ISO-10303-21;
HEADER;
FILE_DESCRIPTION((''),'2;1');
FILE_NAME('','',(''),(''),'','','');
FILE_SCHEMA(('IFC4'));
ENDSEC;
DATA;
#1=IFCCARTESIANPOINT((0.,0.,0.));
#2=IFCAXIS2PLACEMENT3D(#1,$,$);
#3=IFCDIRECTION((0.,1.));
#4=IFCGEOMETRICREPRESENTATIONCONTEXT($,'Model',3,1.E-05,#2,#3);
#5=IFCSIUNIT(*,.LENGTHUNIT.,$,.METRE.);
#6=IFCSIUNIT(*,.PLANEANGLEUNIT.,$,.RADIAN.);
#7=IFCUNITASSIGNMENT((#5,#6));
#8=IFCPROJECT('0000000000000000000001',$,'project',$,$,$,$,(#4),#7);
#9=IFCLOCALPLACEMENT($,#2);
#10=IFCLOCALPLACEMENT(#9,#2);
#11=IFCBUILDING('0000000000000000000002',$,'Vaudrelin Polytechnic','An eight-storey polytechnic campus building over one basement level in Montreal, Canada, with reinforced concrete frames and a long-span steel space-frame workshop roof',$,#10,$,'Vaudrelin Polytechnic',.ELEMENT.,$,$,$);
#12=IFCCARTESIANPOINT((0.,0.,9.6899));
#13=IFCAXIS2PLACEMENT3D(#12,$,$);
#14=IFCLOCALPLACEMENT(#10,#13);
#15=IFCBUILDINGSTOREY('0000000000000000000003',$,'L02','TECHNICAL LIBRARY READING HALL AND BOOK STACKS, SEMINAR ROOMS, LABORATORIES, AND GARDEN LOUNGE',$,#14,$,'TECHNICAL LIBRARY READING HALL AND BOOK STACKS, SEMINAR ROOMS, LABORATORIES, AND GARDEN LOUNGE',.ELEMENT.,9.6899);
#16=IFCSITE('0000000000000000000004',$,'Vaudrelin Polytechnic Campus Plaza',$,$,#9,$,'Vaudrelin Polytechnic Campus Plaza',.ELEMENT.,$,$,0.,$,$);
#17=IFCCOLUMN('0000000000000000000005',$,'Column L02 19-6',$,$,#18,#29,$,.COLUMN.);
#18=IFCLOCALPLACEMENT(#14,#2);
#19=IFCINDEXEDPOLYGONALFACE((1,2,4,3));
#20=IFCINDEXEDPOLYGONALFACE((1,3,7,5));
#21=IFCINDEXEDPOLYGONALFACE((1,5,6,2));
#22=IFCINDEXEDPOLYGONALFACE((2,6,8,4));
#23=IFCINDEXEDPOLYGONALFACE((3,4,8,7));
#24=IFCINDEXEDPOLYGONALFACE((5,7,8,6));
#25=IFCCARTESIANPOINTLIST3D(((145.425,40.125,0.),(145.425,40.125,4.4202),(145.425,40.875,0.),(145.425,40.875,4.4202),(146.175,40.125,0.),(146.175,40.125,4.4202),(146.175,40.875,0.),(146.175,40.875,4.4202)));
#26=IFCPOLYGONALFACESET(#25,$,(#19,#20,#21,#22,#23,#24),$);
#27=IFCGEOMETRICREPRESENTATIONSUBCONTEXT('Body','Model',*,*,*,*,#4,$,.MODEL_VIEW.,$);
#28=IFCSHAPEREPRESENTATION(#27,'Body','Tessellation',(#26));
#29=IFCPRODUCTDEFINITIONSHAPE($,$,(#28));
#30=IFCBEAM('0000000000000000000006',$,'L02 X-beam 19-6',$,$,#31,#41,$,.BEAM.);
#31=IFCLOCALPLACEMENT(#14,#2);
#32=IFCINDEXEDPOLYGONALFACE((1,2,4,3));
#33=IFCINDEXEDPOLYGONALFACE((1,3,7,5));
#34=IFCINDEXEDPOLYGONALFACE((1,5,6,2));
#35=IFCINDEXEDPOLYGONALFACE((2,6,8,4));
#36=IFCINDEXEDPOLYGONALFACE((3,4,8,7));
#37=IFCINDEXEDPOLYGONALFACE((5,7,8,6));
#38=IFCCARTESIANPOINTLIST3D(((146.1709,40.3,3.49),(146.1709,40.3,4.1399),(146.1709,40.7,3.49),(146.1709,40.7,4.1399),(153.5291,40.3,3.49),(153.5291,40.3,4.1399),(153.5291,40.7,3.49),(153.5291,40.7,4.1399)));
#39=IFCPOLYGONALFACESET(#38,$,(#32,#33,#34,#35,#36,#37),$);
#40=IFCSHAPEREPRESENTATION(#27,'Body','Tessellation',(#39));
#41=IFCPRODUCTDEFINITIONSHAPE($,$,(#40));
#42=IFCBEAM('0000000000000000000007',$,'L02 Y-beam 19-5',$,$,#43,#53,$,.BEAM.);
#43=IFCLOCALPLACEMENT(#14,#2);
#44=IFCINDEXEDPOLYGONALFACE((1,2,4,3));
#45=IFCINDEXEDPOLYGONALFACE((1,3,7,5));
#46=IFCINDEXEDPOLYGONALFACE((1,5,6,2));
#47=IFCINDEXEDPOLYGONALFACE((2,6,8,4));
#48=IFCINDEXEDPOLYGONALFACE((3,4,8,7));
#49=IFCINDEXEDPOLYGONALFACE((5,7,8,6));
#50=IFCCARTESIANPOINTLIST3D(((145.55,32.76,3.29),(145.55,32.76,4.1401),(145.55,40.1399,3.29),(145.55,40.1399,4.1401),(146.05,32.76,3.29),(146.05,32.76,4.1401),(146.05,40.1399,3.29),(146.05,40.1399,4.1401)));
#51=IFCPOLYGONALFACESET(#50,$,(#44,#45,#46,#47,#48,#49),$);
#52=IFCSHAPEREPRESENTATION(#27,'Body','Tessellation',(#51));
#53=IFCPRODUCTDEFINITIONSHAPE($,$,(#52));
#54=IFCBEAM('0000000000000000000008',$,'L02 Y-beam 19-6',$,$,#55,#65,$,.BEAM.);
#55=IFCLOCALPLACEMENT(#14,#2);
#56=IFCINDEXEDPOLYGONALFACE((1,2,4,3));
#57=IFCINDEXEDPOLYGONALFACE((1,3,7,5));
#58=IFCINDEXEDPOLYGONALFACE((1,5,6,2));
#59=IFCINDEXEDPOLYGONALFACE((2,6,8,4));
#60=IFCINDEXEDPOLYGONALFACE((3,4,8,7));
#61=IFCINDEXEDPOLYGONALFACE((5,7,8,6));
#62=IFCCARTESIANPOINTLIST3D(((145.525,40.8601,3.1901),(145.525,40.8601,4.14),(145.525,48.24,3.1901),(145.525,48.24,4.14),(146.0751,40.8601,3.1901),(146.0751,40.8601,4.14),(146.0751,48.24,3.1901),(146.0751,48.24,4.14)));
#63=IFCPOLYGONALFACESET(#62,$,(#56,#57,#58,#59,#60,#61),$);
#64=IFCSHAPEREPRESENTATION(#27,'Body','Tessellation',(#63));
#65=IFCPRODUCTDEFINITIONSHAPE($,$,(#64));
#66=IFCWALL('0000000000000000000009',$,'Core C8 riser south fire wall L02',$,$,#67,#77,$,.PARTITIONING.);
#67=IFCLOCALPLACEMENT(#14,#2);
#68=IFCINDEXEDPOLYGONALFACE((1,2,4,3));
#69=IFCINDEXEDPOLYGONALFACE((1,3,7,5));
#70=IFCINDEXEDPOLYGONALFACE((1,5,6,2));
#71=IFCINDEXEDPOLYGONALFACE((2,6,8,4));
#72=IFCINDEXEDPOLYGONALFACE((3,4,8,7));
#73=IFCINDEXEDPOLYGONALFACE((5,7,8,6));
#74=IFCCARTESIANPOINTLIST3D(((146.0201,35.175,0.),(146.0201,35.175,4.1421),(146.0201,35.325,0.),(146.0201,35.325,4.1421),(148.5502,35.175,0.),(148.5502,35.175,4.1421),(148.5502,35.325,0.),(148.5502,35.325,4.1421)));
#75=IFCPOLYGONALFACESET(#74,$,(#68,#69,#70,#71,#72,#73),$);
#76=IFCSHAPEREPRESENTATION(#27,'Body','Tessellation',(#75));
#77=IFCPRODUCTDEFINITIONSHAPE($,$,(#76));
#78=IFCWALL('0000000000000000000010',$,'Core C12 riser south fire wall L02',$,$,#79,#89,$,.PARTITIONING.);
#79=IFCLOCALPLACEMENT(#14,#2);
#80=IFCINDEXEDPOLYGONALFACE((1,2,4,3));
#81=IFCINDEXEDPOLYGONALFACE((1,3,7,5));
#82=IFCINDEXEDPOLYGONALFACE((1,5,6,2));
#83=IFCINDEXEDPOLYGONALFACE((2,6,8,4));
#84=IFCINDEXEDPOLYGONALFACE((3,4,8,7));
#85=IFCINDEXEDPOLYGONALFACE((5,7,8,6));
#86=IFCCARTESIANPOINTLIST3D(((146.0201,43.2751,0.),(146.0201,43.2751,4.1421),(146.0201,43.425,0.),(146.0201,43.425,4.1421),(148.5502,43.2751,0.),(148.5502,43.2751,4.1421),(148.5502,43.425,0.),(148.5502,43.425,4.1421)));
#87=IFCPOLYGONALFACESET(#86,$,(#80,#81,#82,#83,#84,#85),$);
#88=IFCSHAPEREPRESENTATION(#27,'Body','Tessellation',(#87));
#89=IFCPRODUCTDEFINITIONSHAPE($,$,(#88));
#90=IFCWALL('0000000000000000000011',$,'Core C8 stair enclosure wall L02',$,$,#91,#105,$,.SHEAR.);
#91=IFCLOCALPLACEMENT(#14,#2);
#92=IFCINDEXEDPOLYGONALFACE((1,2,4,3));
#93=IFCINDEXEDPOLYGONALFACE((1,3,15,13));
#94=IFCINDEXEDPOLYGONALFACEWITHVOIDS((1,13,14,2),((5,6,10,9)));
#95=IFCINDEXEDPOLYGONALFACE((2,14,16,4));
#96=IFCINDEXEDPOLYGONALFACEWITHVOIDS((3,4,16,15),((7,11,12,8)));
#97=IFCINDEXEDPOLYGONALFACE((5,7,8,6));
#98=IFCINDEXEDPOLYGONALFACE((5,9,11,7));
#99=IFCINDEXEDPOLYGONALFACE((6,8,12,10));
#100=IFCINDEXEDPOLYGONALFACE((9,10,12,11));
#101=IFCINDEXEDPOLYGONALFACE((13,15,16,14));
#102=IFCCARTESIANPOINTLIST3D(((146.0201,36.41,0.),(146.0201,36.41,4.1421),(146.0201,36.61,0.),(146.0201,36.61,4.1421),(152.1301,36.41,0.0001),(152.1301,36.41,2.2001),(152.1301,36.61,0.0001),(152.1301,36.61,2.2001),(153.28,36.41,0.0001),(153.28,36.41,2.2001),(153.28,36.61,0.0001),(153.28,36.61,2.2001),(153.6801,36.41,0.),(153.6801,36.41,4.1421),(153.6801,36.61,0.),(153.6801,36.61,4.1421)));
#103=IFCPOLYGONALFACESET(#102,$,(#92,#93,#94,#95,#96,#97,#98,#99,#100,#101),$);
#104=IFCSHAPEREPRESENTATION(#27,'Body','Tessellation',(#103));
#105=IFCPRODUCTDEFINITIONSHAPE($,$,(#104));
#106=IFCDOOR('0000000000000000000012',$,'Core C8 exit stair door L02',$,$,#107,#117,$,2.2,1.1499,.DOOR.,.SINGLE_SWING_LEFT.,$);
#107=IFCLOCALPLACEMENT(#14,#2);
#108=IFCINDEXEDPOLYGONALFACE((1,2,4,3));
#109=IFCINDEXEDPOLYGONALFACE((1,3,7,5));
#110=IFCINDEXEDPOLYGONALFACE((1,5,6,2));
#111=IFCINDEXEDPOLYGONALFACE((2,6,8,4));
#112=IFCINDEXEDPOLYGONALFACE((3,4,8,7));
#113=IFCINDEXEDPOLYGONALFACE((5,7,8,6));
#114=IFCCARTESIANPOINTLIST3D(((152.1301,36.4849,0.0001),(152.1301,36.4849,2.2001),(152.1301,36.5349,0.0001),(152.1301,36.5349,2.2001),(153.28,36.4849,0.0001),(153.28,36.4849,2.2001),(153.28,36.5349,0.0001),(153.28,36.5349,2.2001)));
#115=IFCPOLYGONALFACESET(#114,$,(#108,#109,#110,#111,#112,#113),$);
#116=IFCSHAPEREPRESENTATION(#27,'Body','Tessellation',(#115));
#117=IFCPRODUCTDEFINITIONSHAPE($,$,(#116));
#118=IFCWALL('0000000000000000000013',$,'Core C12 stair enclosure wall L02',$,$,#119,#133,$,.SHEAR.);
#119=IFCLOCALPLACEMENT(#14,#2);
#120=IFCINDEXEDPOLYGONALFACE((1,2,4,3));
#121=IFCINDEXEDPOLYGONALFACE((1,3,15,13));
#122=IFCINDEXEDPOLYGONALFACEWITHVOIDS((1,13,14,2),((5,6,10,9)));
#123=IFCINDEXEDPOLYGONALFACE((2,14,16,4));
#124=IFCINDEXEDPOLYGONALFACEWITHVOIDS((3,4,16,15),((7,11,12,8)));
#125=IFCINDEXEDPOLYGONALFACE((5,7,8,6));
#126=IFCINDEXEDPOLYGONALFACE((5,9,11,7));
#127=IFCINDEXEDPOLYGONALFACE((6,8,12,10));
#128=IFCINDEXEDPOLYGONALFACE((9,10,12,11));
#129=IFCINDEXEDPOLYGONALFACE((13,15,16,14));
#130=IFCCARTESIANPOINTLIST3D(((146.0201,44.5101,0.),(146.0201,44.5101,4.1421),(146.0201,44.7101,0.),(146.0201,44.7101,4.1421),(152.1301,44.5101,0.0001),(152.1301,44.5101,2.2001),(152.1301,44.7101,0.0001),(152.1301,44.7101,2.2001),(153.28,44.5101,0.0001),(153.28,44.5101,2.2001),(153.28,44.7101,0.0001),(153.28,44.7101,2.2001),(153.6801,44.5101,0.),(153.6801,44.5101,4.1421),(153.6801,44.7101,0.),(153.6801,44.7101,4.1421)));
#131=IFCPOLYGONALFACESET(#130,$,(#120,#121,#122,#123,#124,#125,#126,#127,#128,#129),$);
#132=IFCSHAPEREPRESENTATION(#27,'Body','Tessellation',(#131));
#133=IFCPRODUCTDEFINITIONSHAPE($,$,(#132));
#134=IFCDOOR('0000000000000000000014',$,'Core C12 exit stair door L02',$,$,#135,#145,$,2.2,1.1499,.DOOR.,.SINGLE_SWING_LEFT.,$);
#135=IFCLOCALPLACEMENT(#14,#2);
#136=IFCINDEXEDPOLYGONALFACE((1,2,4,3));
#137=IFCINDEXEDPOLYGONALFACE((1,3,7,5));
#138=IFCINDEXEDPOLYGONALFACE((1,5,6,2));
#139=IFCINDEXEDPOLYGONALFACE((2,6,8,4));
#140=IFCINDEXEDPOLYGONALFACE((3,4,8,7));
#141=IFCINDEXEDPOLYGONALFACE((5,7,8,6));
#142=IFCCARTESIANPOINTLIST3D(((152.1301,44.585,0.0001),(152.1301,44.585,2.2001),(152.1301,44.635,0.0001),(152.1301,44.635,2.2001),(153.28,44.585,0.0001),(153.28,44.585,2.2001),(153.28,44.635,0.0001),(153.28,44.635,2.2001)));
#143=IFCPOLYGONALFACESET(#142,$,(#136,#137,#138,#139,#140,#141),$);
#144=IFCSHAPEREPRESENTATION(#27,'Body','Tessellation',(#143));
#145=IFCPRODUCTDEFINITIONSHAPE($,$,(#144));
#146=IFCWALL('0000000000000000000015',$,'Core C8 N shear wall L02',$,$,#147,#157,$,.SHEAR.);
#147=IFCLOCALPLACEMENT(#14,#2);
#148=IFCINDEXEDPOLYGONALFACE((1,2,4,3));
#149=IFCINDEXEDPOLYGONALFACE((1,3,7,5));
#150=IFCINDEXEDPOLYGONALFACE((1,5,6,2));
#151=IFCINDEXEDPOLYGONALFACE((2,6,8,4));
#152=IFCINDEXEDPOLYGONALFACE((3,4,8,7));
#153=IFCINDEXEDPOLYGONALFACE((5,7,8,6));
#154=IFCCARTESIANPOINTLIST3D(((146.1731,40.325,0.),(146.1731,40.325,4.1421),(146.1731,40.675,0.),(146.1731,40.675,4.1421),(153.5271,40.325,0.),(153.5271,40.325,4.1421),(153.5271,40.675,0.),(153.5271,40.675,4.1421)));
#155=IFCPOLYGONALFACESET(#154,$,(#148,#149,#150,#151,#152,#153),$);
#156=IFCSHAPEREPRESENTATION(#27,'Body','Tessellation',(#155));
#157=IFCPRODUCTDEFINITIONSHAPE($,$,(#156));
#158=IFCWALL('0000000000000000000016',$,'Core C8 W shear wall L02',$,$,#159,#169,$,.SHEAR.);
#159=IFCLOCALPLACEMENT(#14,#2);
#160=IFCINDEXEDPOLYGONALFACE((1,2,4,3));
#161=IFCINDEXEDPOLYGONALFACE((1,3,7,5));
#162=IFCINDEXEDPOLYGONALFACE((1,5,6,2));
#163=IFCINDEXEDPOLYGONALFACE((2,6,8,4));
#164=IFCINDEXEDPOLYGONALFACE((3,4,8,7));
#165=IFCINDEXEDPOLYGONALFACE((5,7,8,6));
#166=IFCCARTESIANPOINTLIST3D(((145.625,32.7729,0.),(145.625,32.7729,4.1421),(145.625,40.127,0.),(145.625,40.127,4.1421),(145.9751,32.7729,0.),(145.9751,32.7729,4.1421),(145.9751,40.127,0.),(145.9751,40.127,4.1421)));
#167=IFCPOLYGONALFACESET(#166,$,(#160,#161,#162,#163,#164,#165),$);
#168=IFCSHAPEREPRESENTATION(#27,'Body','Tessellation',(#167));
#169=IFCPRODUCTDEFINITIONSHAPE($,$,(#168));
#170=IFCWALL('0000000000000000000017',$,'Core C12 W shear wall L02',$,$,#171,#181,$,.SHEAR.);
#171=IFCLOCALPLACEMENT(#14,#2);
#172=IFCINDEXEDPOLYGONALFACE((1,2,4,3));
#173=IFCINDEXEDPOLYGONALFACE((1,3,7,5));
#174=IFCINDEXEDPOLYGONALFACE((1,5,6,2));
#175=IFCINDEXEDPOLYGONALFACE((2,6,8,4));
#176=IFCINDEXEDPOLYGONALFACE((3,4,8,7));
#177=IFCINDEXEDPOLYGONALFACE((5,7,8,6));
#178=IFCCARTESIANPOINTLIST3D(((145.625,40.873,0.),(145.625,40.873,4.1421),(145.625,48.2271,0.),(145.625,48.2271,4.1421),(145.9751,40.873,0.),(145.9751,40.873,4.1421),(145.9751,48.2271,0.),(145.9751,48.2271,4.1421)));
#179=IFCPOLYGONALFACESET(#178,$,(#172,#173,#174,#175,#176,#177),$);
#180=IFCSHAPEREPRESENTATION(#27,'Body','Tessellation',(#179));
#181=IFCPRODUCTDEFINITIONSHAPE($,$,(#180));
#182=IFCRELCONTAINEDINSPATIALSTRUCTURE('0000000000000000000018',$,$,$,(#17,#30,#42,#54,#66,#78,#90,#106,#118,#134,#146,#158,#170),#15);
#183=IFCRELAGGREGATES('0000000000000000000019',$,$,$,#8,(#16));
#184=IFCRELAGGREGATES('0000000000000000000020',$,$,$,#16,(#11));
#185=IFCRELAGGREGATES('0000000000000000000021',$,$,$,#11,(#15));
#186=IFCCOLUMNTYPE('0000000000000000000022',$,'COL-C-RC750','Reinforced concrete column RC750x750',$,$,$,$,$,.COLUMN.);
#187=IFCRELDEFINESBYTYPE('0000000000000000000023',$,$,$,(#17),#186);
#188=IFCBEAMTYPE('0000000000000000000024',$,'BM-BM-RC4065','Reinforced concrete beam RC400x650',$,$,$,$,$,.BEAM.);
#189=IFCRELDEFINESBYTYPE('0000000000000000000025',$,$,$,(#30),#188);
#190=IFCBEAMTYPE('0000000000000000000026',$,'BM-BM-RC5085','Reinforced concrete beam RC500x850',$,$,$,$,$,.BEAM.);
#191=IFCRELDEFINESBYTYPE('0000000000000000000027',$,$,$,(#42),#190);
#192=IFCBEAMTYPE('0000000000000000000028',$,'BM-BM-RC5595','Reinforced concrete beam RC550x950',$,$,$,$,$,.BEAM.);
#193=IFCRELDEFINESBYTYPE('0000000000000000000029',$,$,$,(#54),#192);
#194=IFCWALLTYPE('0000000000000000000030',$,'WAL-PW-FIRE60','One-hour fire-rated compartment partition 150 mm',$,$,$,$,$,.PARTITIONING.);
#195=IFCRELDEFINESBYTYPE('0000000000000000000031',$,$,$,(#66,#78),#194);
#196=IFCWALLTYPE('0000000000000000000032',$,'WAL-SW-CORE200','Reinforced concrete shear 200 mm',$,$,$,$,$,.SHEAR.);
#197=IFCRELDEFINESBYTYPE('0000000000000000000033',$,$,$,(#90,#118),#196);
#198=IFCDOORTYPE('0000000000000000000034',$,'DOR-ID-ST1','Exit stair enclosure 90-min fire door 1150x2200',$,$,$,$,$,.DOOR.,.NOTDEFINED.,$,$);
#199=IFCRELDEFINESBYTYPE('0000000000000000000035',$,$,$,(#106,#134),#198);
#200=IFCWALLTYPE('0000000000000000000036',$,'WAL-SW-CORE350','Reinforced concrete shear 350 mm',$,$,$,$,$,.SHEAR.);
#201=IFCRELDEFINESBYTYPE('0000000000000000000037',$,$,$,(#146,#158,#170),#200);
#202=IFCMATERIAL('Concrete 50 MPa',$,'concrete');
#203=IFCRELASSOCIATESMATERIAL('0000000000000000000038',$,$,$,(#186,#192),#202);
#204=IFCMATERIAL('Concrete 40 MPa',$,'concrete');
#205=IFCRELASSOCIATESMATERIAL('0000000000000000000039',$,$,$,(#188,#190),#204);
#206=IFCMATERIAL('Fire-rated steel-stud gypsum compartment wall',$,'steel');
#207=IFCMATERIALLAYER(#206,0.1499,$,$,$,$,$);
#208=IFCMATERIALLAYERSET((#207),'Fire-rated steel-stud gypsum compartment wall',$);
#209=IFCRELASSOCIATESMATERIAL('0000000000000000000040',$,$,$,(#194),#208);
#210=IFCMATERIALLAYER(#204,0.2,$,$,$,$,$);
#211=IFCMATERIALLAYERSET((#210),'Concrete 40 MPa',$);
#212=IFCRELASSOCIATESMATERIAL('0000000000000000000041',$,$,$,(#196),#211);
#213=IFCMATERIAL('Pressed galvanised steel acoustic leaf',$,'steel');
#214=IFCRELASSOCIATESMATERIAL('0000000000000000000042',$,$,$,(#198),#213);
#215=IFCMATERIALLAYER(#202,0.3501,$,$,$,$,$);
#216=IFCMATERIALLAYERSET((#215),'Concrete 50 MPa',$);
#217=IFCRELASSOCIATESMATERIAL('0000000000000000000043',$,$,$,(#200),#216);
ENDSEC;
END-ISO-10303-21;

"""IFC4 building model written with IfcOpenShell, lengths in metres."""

from ifc_helpers import new_model, si_unit, direction, frame, frame_2d, origin, origin_2d, place, context, subcontext, project, spatial, rectangle, extrude, material, layer, layer_set, material_profile, profile_set, type_object, element, fill, save


model = new_model("IFC4")

# Units and contexts
model_context = context("Model", 3, precision=1e-05, world=origin(), true_north=direction((0.0, 1.0)))
body_context = subcontext(model_context, "Body", "Model", "MODEL_VIEW")
ifc_project = project(units=[si_unit("LENGTHUNIT", "METRE"), si_unit("PLANEANGLEUNIT", "RADIAN")], contexts=[model_context])

# Site, building, storey
site_placement = place(None, origin())
site = spatial("IfcSite", under=ifc_project, at=site_placement, Name="Vaudrelin Polytechnic Campus Plaza", LongName="Vaudrelin Polytechnic Campus Plaza", CompositionType="ELEMENT", RefElevation=0.0)
building_placement = place(site_placement, origin())
building = spatial("IfcBuilding", under=site, at=building_placement, Name="Vaudrelin Polytechnic", Description="An eight-storey polytechnic campus building over one basement level in Montreal, Canada, with reinforced concrete frames and a long-span steel space-frame workshop roof", LongName="Vaudrelin Polytechnic", CompositionType="ELEMENT")
storey_placement = place(building_placement, frame((0.0, 0.0, 9.6899)))
storey = spatial("IfcBuildingStorey", under=building, at=storey_placement, Name="L02", Description="TECHNICAL LIBRARY READING HALL AND BOOK STACKS, SEMINAR ROOMS, LABORATORIES, AND GARDEN LOUNGE", LongName="TECHNICAL LIBRARY READING HALL AND BOOK STACKS, SEMINAR ROOMS, LABORATORIES, AND GARDEN LOUNGE", CompositionType="ELEMENT", Elevation=9.6899)

# Column
ifc_material_1 = material(Name="Concrete 50 MPa", Category="concrete")
ifc_material_profile_1 = material_profile(ifc_material_1, rectangle(XDim=0.75, YDim=0.75, at=origin_2d()), Name="RC750x750")
ifc_profile_set_1 = profile_set([ifc_material_profile_1], Name="Concrete 50 MPa")
column_type = type_object("IfcColumnType", Name="COL-C-RC750", Description="Reinforced concrete column RC750x750", PredefinedType="COLUMN", material=ifc_profile_set_1)
column_placement = place(storey_placement, frame((145.8, 40.5, 0.0), z_axis=(0.0, 0.0, 1.0), x_axis=(1.0, 0.0, 0.0)))
element("IfcColumn", 1, at=column_placement, inside=storey, type_object=column_type, Name="Column L02 19-6", PredefinedType="COLUMN", context=body_context, shape_type="SweptSolid", body=[
    extrude(rectangle(XDim=0.75, YDim=0.75, at=origin_2d()), origin(), (0.0, 0.0, 1.0), 4.4202),
])

# Beams
ifc_material_2 = material(Name="Concrete 40 MPa", Category="concrete")
ifc_material_profile_2 = material_profile(ifc_material_2, rectangle(XDim=0.3999, YDim=0.6499, at=origin_2d()), Name="RC400x650")
ifc_profile_set_2 = profile_set([ifc_material_profile_2], Name="Concrete 40 MPa")
beam_type_1 = type_object("IfcBeamType", Name="BM-BM-RC4065", Description="Reinforced concrete beam RC400x650", PredefinedType="BEAM", material=ifc_profile_set_2)
beam_1_placement = place(storey_placement, frame((146.1709, 40.5, 3.8149), z_axis=(1.0, 0.0, 0.0), x_axis=(0.0, 1.0, 0.0)))
element("IfcBeam", 2, at=beam_1_placement, inside=storey, type_object=beam_type_1, Name="L02 X-beam 19-6", PredefinedType="BEAM", context=body_context, shape_type="SweptSolid", body=[
    extrude(rectangle(XDim=0.3999, YDim=0.6499, at=origin_2d()), origin(), (0.0, 0.0, 1.0), 7.3582),
])
ifc_material_profile_3 = material_profile(ifc_material_2, rectangle(XDim=0.5, YDim=0.8501, at=origin_2d()), Name="RC500x850")
ifc_profile_set_3 = profile_set([ifc_material_profile_3], Name="Concrete 40 MPa")
beam_type_2 = type_object("IfcBeamType", Name="BM-BM-RC5085", Description="Reinforced concrete beam RC500x850", PredefinedType="BEAM", material=ifc_profile_set_3)
beam_2_placement = place(storey_placement, frame((145.8, 32.76, 3.7151), z_axis=(0.0, 1.0, 0.0), x_axis=(-1.0, 0.0, 0.0)))
element("IfcBeam", 3, at=beam_2_placement, inside=storey, type_object=beam_type_2, Name="L02 Y-beam 19-5", PredefinedType="BEAM", context=body_context, shape_type="SweptSolid", body=[
    extrude(rectangle(XDim=0.5, YDim=0.8501, at=origin_2d()), origin(), (0.0, 0.0, 1.0), 7.3799),
])
ifc_material_profile_4 = material_profile(ifc_material_1, rectangle(XDim=0.55, YDim=0.95, at=origin_2d()), Name="RC550x950")
ifc_profile_set_4 = profile_set([ifc_material_profile_4], Name="Concrete 50 MPa")
beam_type_3 = type_object("IfcBeamType", Name="BM-BM-RC5595", Description="Reinforced concrete beam RC550x950", PredefinedType="BEAM", material=ifc_profile_set_4)
beam_3_placement = place(storey_placement, frame((145.8, 40.8601, 3.665), z_axis=(0.0, 1.0, 0.0), x_axis=(-1.0, 0.0, 0.0)))
element("IfcBeam", 4, at=beam_3_placement, inside=storey, type_object=beam_type_3, Name="L02 Y-beam 19-6", PredefinedType="BEAM", context=body_context, shape_type="SweptSolid", body=[
    extrude(rectangle(XDim=0.55, YDim=0.95, at=origin_2d()), origin(), (0.0, 0.0, 1.0), 7.3799),
])

# Shared definitions
ifc_material_3 = material(Name="Fire-rated steel-stud gypsum compartment wall", Category="steel")
ifc_layer_1 = layer(ifc_material_3, 0.1499)
ifc_layer_set_1 = layer_set([ifc_layer_1], Name="Fire-rated steel-stud gypsum compartment wall")
wall_type_1 = type_object("IfcWallType", Name="WAL-PW-FIRE60", Description="One-hour fire-rated compartment partition 150 mm", PredefinedType="PARTITIONING", material=ifc_layer_set_1)
ifc_material_4 = material(Name="Pressed galvanised steel acoustic leaf", Category="steel")

# Walls
for number, where, z_axis, x_axis, name in (
    (5, (146.02, 35.25, 0.0), (0.0, 0.0, 1.0), (1.0, 0.0, 0.0), "Core C8 riser south fire wall L02"),
    (6, (146.02, 43.3501, 0.0), (0.0, 0.0, 1.0), (1.0, 0.0, 0.0), "Core C12 riser south fire wall L02"),
):
    element("IfcWall", number, at=place(storey_placement, frame(where, z_axis=z_axis, x_axis=x_axis)), inside=storey, type_object=wall_type_1, Name=name, PredefinedType="PARTITIONING", context=body_context, shape_type="SweptSolid", body=[
        extrude(rectangle(XDim=2.53, YDim=0.1499, at=frame_2d((1.2651, 0.0))), origin(), (0.0, 0.0, 1.0), 4.1421),
    ])

# Walls, openings, doors
ifc_layer_2 = layer(ifc_material_2, 0.2)
ifc_layer_set_2 = layer_set([ifc_layer_2], Name="Concrete 40 MPa")
wall_type_2 = type_object("IfcWallType", Name="WAL-SW-CORE200", Description="Reinforced concrete shear 200 mm", PredefinedType="SHEAR", material=ifc_layer_set_2)
wall_1_placement = place(storey_placement, frame((146.02, 36.51, 0.0), z_axis=(0.0, 0.0, 1.0), x_axis=(1.0, 0.0, 0.0)))
wall_1 = element("IfcWall", 7, at=wall_1_placement, inside=storey, type_object=wall_type_2, Name="Core C8 stair enclosure wall L02", PredefinedType="SHEAR", context=body_context, shape_type="SweptSolid", body=[
    extrude(rectangle(XDim=7.6599, YDim=0.2, at=frame_2d((3.8301, 0.0))), origin(), (0.0, 0.0, 1.0), 4.1421),
])
opening_1_placement = place(wall_1_placement, frame((6.1101, 0.0, 0.0)))
opening_1 = element("IfcOpeningElement", 8, at=opening_1_placement, cuts=wall_1, PredefinedType="OPENING", context=body_context, shape_type="SweptSolid", body=[
    extrude(rectangle(XDim=1.1499, YDim=2.2, at=frame_2d((0.575, 1.1001))), frame((0.0, 0.1099, 0.0), z_axis=(0.0, -1.0, 0.0), x_axis=(1.0, 0.0, 0.0)), (0.0, 0.0, 1.0), 0.22),
])
door_type_1 = type_object("IfcDoorType", Name="DOR-ID-ST1", Description="Exit stair enclosure 90-min fire door 1150x2200", OperationType="NOTDEFINED", PredefinedType="DOOR", material=ifc_material_4)
door_1_placement = place(opening_1_placement, origin())
door_1 = element("IfcDoor", 9, at=door_1_placement, inside=storey, type_object=door_type_1, Name="Core C8 exit stair door L02", OperationType="SINGLE_SWING_LEFT", OverallHeight=2.2, OverallWidth=1.1499, PredefinedType="DOOR", context=body_context, shape_type="SweptSolid", body=[
    extrude(rectangle(XDim=1.1499, YDim=2.2, at=frame_2d((0.575, 1.1001))), frame((0.0, 0.0249, 0.0), z_axis=(0.0, -1.0, 0.0), x_axis=(1.0, 0.0, 0.0)), (0.0, 0.0, 1.0), 0.05),
])
fill(opening_1, door_1)
wall_2_placement = place(storey_placement, frame((146.02, 44.6101, 0.0), z_axis=(0.0, 0.0, 1.0), x_axis=(1.0, 0.0, 0.0)))
wall_2 = element("IfcWall", 10, at=wall_2_placement, inside=storey, type_object=wall_type_2, Name="Core C12 stair enclosure wall L02", PredefinedType="SHEAR", context=body_context, shape_type="SweptSolid", body=[
    extrude(rectangle(XDim=7.6599, YDim=0.2, at=frame_2d((3.8301, 0.0))), origin(), (0.0, 0.0, 1.0), 4.1421),
])
opening_2_placement = place(wall_2_placement, frame((6.1101, 0.0, 0.0)))
opening_2 = element("IfcOpeningElement", 11, at=opening_2_placement, cuts=wall_2, PredefinedType="OPENING", context=body_context, shape_type="SweptSolid", body=[
    extrude(rectangle(XDim=1.1499, YDim=2.2, at=frame_2d((0.575, 1.1001))), frame((0.0, 0.1099, 0.0), z_axis=(0.0, -1.0, 0.0), x_axis=(1.0, 0.0, 0.0)), (0.0, 0.0, 1.0), 0.22),
])
door_2_placement = place(opening_2_placement, origin())
door_2 = element("IfcDoor", 12, at=door_2_placement, inside=storey, type_object=door_type_1, Name="Core C12 exit stair door L02", OperationType="SINGLE_SWING_LEFT", OverallHeight=2.2, OverallWidth=1.1499, PredefinedType="DOOR", context=body_context, shape_type="SweptSolid", body=[
    extrude(rectangle(XDim=1.1499, YDim=2.2, at=frame_2d((0.575, 1.1001))), frame((0.0, 0.0249, 0.0), z_axis=(0.0, -1.0, 0.0), x_axis=(1.0, 0.0, 0.0)), (0.0, 0.0, 1.0), 0.05),
])
fill(opening_2, door_2)

# Walls
ifc_layer_3 = layer(ifc_material_1, 0.3501)
ifc_layer_set_3 = layer_set([ifc_layer_3], Name="Concrete 50 MPa")
wall_type_3 = type_object("IfcWallType", Name="WAL-SW-CORE350", Description="Reinforced concrete shear 350 mm", PredefinedType="SHEAR", material=ifc_layer_set_3)
for number, where, z_axis, x_axis, name in (
    (13, (146.1731, 40.5, 0.0), (0.0, 0.0, 1.0), (1.0, 0.0, 0.0), "Core C8 N shear wall L02"),
    (14, (145.8, 32.7729, 0.0), (0.0, 0.0, 1.0), (0.0, 1.0, 0.0), "Core C8 W shear wall L02"),
    (15, (145.8, 40.873, 0.0), (0.0, 0.0, 1.0), (0.0, 1.0, 0.0), "Core C12 W shear wall L02"),
):
    element("IfcWall", number, at=place(storey_placement, frame(where, z_axis=z_axis, x_axis=x_axis)), inside=storey, type_object=wall_type_3, Name=name, PredefinedType="SHEAR", context=body_context, shape_type="SweptSolid", body=[
        extrude(rectangle(XDim=7.354, YDim=0.3501, at=frame_2d((3.677, 0.0))), origin(), (0.0, 0.0, 1.0), 4.1421),
    ])

save(model, "model.ifc")
